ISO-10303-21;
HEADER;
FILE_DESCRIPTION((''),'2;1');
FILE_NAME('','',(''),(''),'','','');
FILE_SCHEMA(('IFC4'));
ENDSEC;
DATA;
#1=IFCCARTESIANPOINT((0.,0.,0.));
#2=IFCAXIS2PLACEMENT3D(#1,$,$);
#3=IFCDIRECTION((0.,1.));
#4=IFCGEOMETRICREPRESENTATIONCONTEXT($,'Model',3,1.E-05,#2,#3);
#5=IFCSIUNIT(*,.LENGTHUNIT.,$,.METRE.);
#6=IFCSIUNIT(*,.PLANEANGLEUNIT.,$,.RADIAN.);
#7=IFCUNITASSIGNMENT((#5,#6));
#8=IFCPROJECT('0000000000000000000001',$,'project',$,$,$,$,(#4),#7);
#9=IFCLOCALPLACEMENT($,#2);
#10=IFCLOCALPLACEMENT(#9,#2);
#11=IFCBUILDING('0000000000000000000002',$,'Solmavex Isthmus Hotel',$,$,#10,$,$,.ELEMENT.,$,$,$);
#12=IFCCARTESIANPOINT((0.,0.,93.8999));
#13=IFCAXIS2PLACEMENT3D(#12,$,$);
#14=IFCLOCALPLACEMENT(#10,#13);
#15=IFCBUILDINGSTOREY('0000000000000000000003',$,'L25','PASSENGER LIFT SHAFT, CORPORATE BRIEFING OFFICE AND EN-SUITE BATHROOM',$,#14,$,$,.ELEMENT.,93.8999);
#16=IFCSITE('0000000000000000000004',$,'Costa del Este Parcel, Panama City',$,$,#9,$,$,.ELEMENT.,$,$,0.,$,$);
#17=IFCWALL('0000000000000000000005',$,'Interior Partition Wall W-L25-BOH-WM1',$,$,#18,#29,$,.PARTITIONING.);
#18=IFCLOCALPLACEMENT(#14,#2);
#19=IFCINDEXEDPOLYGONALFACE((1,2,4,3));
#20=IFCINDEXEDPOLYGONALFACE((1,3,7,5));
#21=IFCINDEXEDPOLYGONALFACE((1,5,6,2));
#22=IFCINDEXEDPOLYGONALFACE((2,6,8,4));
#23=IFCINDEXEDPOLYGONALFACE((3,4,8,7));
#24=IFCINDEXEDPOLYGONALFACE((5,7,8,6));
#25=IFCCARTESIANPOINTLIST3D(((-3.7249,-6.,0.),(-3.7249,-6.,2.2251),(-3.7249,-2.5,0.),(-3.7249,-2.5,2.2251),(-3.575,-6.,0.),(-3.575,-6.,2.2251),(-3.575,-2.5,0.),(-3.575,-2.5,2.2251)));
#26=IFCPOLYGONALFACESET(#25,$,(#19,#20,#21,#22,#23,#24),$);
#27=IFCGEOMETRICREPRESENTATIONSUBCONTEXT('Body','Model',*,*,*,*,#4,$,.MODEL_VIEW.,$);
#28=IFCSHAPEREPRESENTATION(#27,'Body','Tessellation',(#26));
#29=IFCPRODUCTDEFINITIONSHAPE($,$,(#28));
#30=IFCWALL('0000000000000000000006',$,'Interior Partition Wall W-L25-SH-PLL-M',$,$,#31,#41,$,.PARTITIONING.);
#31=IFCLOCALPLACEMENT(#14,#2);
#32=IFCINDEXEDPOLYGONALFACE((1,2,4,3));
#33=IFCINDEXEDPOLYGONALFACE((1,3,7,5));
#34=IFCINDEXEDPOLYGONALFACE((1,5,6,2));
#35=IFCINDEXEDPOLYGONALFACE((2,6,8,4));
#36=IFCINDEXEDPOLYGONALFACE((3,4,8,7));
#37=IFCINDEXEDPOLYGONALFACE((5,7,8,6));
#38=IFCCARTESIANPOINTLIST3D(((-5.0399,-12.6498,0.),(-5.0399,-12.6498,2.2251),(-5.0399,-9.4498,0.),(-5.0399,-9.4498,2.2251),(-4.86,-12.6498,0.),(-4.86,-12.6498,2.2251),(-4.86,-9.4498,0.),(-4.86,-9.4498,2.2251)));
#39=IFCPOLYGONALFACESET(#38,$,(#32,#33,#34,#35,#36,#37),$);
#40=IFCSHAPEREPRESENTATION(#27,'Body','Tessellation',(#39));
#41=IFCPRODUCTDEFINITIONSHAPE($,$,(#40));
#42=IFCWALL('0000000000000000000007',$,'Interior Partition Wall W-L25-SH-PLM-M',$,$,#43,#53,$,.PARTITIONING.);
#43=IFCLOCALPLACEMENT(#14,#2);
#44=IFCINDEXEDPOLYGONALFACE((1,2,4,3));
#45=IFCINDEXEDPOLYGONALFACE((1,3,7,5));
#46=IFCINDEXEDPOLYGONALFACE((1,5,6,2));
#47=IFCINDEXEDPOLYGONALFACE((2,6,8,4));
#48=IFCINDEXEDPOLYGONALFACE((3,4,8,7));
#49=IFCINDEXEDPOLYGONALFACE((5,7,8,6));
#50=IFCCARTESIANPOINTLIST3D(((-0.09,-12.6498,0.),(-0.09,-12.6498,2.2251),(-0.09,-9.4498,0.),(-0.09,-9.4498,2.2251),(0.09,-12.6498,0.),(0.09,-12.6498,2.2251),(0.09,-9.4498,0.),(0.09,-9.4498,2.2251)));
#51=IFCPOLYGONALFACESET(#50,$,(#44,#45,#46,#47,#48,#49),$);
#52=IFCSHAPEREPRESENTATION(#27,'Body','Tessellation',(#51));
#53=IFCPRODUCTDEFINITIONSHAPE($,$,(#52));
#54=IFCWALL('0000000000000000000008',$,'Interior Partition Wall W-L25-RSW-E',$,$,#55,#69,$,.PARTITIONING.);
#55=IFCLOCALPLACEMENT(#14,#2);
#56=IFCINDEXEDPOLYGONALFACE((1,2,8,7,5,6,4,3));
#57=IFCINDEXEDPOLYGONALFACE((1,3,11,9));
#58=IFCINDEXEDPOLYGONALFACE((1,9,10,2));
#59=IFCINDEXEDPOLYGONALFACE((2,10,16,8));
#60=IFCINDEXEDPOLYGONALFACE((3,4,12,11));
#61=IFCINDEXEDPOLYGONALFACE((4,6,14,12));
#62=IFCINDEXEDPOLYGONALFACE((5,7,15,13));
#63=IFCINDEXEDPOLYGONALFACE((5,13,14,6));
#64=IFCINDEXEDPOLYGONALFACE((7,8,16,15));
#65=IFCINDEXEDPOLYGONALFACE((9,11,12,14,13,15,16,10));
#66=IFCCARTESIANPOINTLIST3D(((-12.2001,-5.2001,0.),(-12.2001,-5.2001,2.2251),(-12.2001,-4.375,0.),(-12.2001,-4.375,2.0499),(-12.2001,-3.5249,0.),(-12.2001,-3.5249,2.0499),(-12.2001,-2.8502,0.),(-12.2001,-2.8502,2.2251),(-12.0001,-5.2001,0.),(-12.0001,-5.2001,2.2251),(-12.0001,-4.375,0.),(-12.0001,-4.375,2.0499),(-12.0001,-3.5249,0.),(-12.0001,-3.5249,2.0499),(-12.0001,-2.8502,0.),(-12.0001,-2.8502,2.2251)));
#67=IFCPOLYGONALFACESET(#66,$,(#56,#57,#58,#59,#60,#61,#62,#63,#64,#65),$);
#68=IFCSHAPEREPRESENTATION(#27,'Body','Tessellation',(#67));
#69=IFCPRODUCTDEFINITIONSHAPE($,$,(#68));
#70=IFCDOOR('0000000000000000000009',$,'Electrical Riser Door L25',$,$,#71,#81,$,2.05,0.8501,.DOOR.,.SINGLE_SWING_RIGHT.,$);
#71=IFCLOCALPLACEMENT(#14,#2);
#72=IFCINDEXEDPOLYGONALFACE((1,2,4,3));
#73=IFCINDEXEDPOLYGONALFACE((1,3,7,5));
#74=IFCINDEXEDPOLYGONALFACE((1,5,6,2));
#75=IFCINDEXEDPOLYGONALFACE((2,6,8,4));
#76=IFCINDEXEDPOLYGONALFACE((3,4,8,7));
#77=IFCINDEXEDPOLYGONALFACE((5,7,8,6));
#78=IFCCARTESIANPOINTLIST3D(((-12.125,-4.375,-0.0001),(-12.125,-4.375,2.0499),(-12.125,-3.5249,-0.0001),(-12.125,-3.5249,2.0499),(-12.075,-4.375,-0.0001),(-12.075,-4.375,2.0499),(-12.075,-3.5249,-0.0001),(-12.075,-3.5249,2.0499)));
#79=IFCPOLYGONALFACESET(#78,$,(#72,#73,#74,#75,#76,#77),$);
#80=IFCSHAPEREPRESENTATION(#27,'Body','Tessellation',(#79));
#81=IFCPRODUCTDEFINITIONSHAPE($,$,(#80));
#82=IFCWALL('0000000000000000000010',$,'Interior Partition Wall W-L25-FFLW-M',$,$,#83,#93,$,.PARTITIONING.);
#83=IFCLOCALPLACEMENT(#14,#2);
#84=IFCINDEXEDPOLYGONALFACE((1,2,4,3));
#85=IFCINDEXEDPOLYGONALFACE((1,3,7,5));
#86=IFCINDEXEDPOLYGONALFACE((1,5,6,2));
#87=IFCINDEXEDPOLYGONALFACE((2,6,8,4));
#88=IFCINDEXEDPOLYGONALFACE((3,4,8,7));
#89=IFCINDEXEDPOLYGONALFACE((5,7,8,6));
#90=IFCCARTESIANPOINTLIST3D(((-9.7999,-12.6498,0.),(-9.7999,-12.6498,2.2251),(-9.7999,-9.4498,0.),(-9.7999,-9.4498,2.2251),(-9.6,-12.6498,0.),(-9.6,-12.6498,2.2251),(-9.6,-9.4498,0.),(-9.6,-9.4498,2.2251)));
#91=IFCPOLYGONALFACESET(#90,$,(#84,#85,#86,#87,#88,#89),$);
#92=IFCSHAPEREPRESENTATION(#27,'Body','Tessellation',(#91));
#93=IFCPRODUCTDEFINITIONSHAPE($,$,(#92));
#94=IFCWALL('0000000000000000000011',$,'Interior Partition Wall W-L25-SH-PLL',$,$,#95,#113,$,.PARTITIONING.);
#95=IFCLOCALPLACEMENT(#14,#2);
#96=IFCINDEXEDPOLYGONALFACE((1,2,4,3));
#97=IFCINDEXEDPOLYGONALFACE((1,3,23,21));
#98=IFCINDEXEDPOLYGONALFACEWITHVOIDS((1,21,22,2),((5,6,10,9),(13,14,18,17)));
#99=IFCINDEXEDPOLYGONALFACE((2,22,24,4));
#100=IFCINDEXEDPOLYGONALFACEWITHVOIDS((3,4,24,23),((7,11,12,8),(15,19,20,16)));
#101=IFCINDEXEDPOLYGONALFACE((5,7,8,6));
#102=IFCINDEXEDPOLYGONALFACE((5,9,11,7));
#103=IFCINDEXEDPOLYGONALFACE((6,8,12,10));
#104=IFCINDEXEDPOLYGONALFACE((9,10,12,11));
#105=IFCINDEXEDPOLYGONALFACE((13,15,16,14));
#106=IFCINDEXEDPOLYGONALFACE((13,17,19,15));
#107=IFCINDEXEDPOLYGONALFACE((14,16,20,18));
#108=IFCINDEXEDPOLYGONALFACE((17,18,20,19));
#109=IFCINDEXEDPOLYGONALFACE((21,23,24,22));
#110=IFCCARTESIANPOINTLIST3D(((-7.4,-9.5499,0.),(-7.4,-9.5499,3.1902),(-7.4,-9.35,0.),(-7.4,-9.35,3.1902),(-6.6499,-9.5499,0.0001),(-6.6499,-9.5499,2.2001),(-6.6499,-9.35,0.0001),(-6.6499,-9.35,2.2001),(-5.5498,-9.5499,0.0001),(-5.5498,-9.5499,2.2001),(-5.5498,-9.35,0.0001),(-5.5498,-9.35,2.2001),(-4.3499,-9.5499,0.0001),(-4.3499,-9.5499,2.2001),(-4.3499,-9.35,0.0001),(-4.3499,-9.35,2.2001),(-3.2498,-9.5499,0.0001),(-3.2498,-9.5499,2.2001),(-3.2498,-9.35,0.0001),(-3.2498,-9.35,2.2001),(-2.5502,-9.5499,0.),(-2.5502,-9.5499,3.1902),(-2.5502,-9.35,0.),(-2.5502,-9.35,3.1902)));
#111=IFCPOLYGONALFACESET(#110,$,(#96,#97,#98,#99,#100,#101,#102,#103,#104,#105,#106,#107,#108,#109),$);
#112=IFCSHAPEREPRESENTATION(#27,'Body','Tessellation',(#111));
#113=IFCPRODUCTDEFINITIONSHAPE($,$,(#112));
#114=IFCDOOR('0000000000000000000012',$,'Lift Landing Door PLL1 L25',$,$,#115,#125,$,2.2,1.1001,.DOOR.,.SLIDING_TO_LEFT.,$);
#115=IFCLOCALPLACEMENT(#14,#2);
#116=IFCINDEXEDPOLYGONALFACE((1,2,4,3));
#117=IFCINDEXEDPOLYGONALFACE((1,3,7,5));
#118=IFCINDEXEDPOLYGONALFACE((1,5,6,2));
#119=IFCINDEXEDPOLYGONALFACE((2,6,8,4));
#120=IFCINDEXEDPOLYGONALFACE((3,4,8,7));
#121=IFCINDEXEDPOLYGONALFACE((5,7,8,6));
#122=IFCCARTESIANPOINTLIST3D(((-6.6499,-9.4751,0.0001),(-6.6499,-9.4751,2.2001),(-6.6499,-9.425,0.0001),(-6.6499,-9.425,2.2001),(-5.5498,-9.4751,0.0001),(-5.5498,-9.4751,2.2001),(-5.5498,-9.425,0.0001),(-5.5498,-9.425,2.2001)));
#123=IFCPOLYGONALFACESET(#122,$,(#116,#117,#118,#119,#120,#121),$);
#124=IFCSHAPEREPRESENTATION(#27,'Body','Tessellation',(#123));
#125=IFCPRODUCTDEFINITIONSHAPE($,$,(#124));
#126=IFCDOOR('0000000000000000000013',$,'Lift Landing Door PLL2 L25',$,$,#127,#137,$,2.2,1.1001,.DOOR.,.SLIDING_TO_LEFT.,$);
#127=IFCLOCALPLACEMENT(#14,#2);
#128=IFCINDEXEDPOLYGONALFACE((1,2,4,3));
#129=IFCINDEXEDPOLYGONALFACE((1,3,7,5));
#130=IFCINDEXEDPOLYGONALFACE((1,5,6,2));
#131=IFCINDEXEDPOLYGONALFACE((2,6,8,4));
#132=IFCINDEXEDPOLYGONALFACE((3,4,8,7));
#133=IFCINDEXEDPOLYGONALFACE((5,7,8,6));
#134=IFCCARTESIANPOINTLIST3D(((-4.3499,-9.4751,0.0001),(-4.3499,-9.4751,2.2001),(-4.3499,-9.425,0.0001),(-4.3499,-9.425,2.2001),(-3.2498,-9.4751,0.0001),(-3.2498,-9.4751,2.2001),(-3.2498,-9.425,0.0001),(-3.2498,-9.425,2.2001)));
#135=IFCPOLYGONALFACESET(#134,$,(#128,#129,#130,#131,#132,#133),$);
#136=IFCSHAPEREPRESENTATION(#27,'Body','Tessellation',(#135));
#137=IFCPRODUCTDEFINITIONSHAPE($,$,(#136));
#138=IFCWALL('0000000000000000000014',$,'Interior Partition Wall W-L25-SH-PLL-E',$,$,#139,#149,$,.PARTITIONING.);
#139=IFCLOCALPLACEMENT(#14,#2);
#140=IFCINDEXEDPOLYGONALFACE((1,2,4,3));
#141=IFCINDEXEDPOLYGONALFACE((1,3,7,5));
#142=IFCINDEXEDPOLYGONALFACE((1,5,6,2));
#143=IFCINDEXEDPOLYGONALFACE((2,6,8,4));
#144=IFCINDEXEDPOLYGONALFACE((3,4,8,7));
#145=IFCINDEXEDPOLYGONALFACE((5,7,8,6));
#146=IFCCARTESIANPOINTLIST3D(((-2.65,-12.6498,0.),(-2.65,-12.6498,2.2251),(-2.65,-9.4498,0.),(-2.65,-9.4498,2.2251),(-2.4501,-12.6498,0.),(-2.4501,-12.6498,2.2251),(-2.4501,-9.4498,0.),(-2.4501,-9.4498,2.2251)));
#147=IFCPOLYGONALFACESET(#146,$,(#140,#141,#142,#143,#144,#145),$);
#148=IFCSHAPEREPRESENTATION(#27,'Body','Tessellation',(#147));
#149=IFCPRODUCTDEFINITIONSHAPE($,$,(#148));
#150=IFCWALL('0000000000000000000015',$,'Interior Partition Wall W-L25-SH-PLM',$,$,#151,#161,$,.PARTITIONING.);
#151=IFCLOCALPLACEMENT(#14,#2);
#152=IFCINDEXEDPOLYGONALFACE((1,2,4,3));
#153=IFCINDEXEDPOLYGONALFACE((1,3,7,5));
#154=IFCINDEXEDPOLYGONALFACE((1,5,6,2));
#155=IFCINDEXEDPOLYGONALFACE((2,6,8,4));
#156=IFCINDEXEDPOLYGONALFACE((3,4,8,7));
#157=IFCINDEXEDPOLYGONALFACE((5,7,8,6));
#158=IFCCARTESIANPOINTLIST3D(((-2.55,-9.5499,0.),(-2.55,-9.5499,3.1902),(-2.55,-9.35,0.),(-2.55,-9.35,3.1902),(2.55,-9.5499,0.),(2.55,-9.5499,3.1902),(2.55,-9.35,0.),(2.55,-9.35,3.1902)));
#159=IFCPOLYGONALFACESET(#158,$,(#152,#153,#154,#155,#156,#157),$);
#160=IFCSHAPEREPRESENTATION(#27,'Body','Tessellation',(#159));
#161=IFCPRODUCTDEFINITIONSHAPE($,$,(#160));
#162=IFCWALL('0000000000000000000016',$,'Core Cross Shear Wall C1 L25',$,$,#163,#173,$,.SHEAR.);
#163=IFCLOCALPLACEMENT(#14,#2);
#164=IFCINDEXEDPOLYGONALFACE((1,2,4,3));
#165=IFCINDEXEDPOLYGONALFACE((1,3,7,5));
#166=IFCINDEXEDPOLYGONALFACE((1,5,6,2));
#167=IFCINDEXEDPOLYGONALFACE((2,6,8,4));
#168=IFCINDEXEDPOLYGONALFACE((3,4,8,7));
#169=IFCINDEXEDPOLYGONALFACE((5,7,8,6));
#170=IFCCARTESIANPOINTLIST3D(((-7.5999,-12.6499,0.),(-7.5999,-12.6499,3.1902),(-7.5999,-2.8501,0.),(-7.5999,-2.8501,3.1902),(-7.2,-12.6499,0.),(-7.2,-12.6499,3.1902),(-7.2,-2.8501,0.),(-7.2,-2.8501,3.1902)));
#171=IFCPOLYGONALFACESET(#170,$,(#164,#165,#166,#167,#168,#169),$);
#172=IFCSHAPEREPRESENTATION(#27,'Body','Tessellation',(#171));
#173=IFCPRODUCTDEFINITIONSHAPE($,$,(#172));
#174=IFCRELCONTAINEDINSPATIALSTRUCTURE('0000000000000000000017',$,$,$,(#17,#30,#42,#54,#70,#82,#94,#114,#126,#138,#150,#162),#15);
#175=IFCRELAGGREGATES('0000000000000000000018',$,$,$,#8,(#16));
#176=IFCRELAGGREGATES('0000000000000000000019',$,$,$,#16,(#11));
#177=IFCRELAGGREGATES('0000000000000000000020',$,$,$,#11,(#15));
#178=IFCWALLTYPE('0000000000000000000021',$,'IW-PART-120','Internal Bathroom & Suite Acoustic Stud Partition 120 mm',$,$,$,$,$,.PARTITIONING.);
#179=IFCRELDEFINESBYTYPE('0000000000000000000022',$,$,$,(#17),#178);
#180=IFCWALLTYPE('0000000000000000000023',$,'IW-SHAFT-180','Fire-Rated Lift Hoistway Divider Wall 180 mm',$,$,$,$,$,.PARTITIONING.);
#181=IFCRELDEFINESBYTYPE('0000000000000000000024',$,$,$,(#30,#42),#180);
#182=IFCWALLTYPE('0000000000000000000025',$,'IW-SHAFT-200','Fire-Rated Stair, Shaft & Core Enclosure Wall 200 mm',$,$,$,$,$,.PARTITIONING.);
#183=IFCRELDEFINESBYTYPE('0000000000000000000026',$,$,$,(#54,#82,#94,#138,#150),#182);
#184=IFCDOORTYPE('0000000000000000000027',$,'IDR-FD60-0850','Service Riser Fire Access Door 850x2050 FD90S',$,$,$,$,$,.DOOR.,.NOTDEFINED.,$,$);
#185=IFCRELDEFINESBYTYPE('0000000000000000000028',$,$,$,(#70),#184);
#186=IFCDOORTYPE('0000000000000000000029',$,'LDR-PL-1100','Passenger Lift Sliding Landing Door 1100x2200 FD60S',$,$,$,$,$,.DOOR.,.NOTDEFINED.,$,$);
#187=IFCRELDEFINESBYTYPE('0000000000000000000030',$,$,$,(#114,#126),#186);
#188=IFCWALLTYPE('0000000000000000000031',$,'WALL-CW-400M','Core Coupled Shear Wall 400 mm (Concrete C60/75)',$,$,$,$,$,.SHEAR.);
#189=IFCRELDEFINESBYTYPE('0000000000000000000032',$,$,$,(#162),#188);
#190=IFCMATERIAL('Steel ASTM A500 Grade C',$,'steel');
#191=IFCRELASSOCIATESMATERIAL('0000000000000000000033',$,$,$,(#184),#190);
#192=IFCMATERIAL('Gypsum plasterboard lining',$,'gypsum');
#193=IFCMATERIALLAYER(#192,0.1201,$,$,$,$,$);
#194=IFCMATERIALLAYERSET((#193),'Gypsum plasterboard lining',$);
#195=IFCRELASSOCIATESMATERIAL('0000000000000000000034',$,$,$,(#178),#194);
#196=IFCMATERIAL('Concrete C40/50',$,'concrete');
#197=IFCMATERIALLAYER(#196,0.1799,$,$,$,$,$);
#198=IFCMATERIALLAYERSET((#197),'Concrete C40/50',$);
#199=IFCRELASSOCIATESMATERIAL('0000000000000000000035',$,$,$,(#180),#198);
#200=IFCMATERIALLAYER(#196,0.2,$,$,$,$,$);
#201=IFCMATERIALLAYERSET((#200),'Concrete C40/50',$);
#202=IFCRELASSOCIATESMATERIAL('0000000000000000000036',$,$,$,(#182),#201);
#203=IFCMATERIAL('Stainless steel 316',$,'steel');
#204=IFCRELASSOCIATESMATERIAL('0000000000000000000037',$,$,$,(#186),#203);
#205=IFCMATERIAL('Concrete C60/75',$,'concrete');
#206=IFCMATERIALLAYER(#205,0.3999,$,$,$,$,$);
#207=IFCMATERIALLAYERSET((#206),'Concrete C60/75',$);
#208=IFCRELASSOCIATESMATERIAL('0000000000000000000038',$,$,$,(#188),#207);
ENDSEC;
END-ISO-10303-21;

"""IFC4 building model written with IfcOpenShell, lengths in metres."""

from ifc_helpers import new_model, si_unit, direction, frame, frame_2d, origin, place, context, subcontext, project, spatial, rectangle, extrude, material, layer, layer_set, type_object, element, fill, save


model = new_model("IFC4")

# Units and contexts
model_context = context("Model", 3, precision=1e-05, world=origin(), true_north=direction((0.0, 1.0)))
body_context = subcontext(model_context, "Body", "Model", "MODEL_VIEW")
ifc_project = project(units=[si_unit("LENGTHUNIT", "METRE"), si_unit("PLANEANGLEUNIT", "RADIAN")], contexts=[model_context])

# Site, building, storey
site_placement = place(None, origin())
site = spatial("IfcSite", under=ifc_project, at=site_placement, Name="Costa del Este Parcel, Panama City", CompositionType="ELEMENT", RefElevation=0.0)
building_placement = place(site_placement, origin())
building = spatial("IfcBuilding", under=site, at=building_placement, Name="Solmavex Isthmus Hotel", CompositionType="ELEMENT")
storey_placement = place(building_placement, frame((0.0, 0.0, 93.8999)))
storey = spatial("IfcBuildingStorey", under=building, at=storey_placement, Name="L25", Description="PASSENGER LIFT SHAFT, CORPORATE BRIEFING OFFICE AND EN-SUITE BATHROOM", CompositionType="ELEMENT", Elevation=93.8999)

# Shared definitions
ifc_material_1 = material(Name="Concrete C60/75", Category="concrete")

# Shared definitions
ifc_material_2 = material(Name="Concrete C40/50", Category="concrete")

# Shared definitions
ifc_material_3 = material(Name="Gypsum plasterboard lining", Category="gypsum")
ifc_material_4 = material(Name="Steel ASTM A500 Grade C", Category="steel")
door_type_1 = type_object("IfcDoorType", Name="IDR-FD60-0850", Description="Service Riser Fire Access Door 850x2050 FD90S", OperationType="NOTDEFINED", PredefinedType="DOOR", material=ifc_material_4)

# Walls
ifc_layer_1 = layer(ifc_material_3, 0.1201)
ifc_layer_set_1 = layer_set([ifc_layer_1], Name="Gypsum plasterboard lining")
wall_type_1 = type_object("IfcWallType", Name="IW-PART-120", Description="Internal Bathroom & Suite Acoustic Stud Partition 120 mm", PredefinedType="PARTITIONING", material=ifc_layer_set_1)
wall_1_placement = place(storey_placement, frame((-3.6499, -6.0, 0.0), z_axis=(0.0, 0.0, 1.0), x_axis=(0.0, 1.0, 0.0)))
element("IfcWall", 1, at=wall_1_placement, inside=storey, type_object=wall_type_1, Name="Interior Partition Wall W-L25-BOH-WM1", PredefinedType="PARTITIONING", context=body_context, shape_type="SweptSolid", body=[
    extrude(rectangle(XDim=3.5, YDim=0.1499, at=frame_2d((1.75, 0.0))), origin(), (0.0, 0.0, 1.0), 2.2251),
])
ifc_layer_2 = layer(ifc_material_2, 0.1799)
ifc_layer_set_2 = layer_set([ifc_layer_2], Name="Concrete C40/50")
wall_type_2 = type_object("IfcWallType", Name="IW-SHAFT-180", Description="Fire-Rated Lift Hoistway Divider Wall 180 mm", PredefinedType="PARTITIONING", material=ifc_layer_set_2)
for number, where, z_axis, x_axis, name in (
    (2, (-4.95, -12.6499, 0.0), (0.0, 0.0, 1.0), (0.0, 1.0, 0.0), "Interior Partition Wall W-L25-SH-PLL-M"),
    (3, (0.0, -12.6499, 0.0), (0.0, 0.0, 1.0), (0.0, 1.0, 0.0), "Interior Partition Wall W-L25-SH-PLM-M"),
):
    element("IfcWall", number, at=place(storey_placement, frame(where, z_axis=z_axis, x_axis=x_axis)), inside=storey, type_object=wall_type_2, Name=name, PredefinedType="PARTITIONING", context=body_context, shape_type="SweptSolid", body=[
        extrude(rectangle(XDim=3.2, YDim=0.1799, at=frame_2d((1.6001, 0.0))), origin(), (0.0, 0.0, 1.0), 2.2251),
    ])

# Wall, opening, door
ifc_layer_3 = layer(ifc_material_2, 0.2)
ifc_layer_set_3 = layer_set([ifc_layer_3], Name="Concrete C40/50")
wall_type_3 = type_object("IfcWallType", Name="IW-SHAFT-200", Description="Fire-Rated Stair, Shaft & Core Enclosure Wall 200 mm", PredefinedType="PARTITIONING", material=ifc_layer_set_3)
wall_2_placement = place(storey_placement, frame((-12.1001, -5.2, 0.0), z_axis=(0.0, 0.0, 1.0), x_axis=(0.0, 1.0, 0.0)))
wall_2 = element("IfcWall", 4, at=wall_2_placement, inside=storey, type_object=wall_type_3, Name="Interior Partition Wall W-L25-RSW-E", PredefinedType="PARTITIONING", context=body_context, shape_type="SweptSolid", body=[
    extrude(rectangle(XDim=2.3499, YDim=0.2, at=frame_2d((1.1748, 0.0))), origin(), (0.0, 0.0, 1.0), 2.2251),
])
opening_1_placement = place(wall_2_placement, frame((0.825, 0.0, 0.0)))
opening_1 = element("IfcOpeningElement", 5, at=opening_1_placement, cuts=wall_2, PredefinedType="OPENING", context=body_context, shape_type="SweptSolid", body=[
    extrude(rectangle(XDim=0.8501, YDim=2.05, at=frame_2d((0.425, 1.0249))), frame((0.0, 0.1099, 0.0), z_axis=(0.0, -1.0, 0.0), x_axis=(1.0, 0.0, 0.0)), (0.0, 0.0, 1.0), 0.22),
])
door_1_placement = place(opening_1_placement, origin())
door_1 = element("IfcDoor", 6, at=door_1_placement, inside=storey, type_object=door_type_1, Name="Electrical Riser Door L25", OperationType="SINGLE_SWING_RIGHT", OverallHeight=2.05, OverallWidth=0.8501, PredefinedType="DOOR", context=body_context, shape_type="SweptSolid", body=[
    extrude(rectangle(XDim=0.8501, YDim=2.05, at=frame_2d((0.425, 1.0249))), frame((0.0, 0.0249, 0.0), z_axis=(0.0, -1.0, 0.0), x_axis=(1.0, 0.0, 0.0)), (0.0, 0.0, 1.0), 0.05),
])
fill(opening_1, door_1)

# Wall
wall_3_placement = place(storey_placement, frame((-9.7, -12.6499, 0.0), z_axis=(0.0, 0.0, 1.0), x_axis=(0.0, 1.0, 0.0)))
element("IfcWall", 7, at=wall_3_placement, inside=storey, type_object=wall_type_3, Name="Interior Partition Wall W-L25-FFLW-M", PredefinedType="PARTITIONING", context=body_context, shape_type="SweptSolid", body=[
    extrude(rectangle(XDim=3.2, YDim=0.2, at=frame_2d((1.6001, 0.0))), origin(), (0.0, 0.0, 1.0), 2.2251),
])

# Wall, openings, doors
wall_4_placement = place(storey_placement, frame((-7.3999, -9.45, 0.0), z_axis=(0.0, 0.0, 1.0), x_axis=(1.0, 0.0, 0.0)))
wall_4 = element("IfcWall", 8, at=wall_4_placement, inside=storey, type_object=wall_type_3, Name="Interior Partition Wall W-L25-SH-PLL", PredefinedType="PARTITIONING", context=body_context, shape_type="SweptSolid", body=[
    extrude(rectangle(XDim=4.8499, YDim=0.2, at=frame_2d((2.4248, 0.0))), origin(), (0.0, 0.0, 1.0), 3.1902),
])
opening_2_placement = place(wall_4_placement, frame((0.75, 0.0, 0.0)))
opening_2 = element("IfcOpeningElement", 9, at=opening_2_placement, cuts=wall_4, PredefinedType="OPENING", context=body_context, shape_type="SweptSolid", body=[
    extrude(rectangle(XDim=1.1001, YDim=2.2, at=frame_2d((0.55, 1.1001))), frame((0.0, 0.1099, 0.0), z_axis=(0.0, -1.0, 0.0), x_axis=(1.0, 0.0, 0.0)), (0.0, 0.0, 1.0), 0.22),
])
opening_3_placement = place(wall_4_placement, frame((3.05, 0.0, 0.0)))
opening_3 = element("IfcOpeningElement", 10, at=opening_3_placement, cuts=wall_4, PredefinedType="OPENING", context=body_context, shape_type="SweptSolid", body=[
    extrude(rectangle(XDim=1.1001, YDim=2.2, at=frame_2d((0.55, 1.1001))), frame((0.0, 0.1099, 0.0), z_axis=(0.0, -1.0, 0.0), x_axis=(1.0, 0.0, 0.0)), (0.0, 0.0, 1.0), 0.22),
])
ifc_material_5 = material(Name="Stainless steel 316", Category="steel")
door_type_2 = type_object("IfcDoorType", Name="LDR-PL-1100", Description="Passenger Lift Sliding Landing Door 1100x2200 FD60S", OperationType="NOTDEFINED", PredefinedType="DOOR", material=ifc_material_5)
door_2_placement = place(opening_2_placement, origin())
door_2 = element("IfcDoor", 11, at=door_2_placement, inside=storey, type_object=door_type_2, Name="Lift Landing Door PLL1 L25", OperationType="SLIDING_TO_LEFT", OverallHeight=2.2, OverallWidth=1.1001, PredefinedType="DOOR", context=body_context, shape_type="SweptSolid", body=[
    extrude(rectangle(XDim=1.1001, YDim=2.2, at=frame_2d((0.55, 1.1001))), frame((0.0, 0.0249, 0.0), z_axis=(0.0, -1.0, 0.0), x_axis=(1.0, 0.0, 0.0)), (0.0, 0.0, 1.0), 0.05),
])
fill(opening_2, door_2)
door_3_placement = place(opening_3_placement, origin())
door_3 = element("IfcDoor", 12, at=door_3_placement, inside=storey, type_object=door_type_2, Name="Lift Landing Door PLL2 L25", OperationType="SLIDING_TO_LEFT", OverallHeight=2.2, OverallWidth=1.1001, PredefinedType="DOOR", context=body_context, shape_type="SweptSolid", body=[
    extrude(rectangle(XDim=1.1001, YDim=2.2, at=frame_2d((0.55, 1.1001))), frame((0.0, 0.0249, 0.0), z_axis=(0.0, -1.0, 0.0), x_axis=(1.0, 0.0, 0.0)), (0.0, 0.0, 1.0), 0.05),
])
fill(opening_3, door_3)

# Walls
wall_5_placement = place(storey_placement, frame((-2.55, -12.6499, 0.0), z_axis=(0.0, 0.0, 1.0), x_axis=(0.0, 1.0, 0.0)))
element("IfcWall", 13, at=wall_5_placement, inside=storey, type_object=wall_type_3, Name="Interior Partition Wall W-L25-SH-PLL-E", PredefinedType="PARTITIONING", context=body_context, shape_type="SweptSolid", body=[
    extrude(rectangle(XDim=3.2, YDim=0.2, at=frame_2d((1.6001, 0.0))), origin(), (0.0, 0.0, 1.0), 2.2251),
])
wall_6_placement = place(storey_placement, frame((-2.55, -9.45, 0.0), z_axis=(0.0, 0.0, 1.0), x_axis=(1.0, 0.0, 0.0)))
element("IfcWall", 14, at=wall_6_placement, inside=storey, type_object=wall_type_3, Name="Interior Partition Wall W-L25-SH-PLM", PredefinedType="PARTITIONING", context=body_context, shape_type="SweptSolid", body=[
    extrude(rectangle(XDim=5.1001, YDim=0.2, at=frame_2d((2.55, 0.0))), origin(), (0.0, 0.0, 1.0), 3.1902),
])
ifc_layer_4 = layer(ifc_material_1, 0.3999)
ifc_layer_set_4 = layer_set([ifc_layer_4], Name="Concrete C60/75")
wall_type_4 = type_object("IfcWallType", Name="WALL-CW-400M", Description="Core Coupled Shear Wall 400 mm (Concrete C60/75)", PredefinedType="SHEAR", material=ifc_layer_set_4)
wall_7_placement = place(storey_placement, frame((-7.3999, -12.6499, 0.0), z_axis=(0.0, 0.0, 1.0), x_axis=(0.0, 1.0, 0.0)))
element("IfcWall", 15, at=wall_7_placement, inside=storey, type_object=wall_type_4, Name="Core Cross Shear Wall C1 L25", PredefinedType="SHEAR", context=body_context, shape_type="SweptSolid", body=[
    extrude(rectangle(XDim=9.7998, YDim=0.3999, at=frame_2d((4.8999, 0.0))), origin(), (0.0, 0.0, 1.0), 3.1902),
])

save(model, "model.ifc")
